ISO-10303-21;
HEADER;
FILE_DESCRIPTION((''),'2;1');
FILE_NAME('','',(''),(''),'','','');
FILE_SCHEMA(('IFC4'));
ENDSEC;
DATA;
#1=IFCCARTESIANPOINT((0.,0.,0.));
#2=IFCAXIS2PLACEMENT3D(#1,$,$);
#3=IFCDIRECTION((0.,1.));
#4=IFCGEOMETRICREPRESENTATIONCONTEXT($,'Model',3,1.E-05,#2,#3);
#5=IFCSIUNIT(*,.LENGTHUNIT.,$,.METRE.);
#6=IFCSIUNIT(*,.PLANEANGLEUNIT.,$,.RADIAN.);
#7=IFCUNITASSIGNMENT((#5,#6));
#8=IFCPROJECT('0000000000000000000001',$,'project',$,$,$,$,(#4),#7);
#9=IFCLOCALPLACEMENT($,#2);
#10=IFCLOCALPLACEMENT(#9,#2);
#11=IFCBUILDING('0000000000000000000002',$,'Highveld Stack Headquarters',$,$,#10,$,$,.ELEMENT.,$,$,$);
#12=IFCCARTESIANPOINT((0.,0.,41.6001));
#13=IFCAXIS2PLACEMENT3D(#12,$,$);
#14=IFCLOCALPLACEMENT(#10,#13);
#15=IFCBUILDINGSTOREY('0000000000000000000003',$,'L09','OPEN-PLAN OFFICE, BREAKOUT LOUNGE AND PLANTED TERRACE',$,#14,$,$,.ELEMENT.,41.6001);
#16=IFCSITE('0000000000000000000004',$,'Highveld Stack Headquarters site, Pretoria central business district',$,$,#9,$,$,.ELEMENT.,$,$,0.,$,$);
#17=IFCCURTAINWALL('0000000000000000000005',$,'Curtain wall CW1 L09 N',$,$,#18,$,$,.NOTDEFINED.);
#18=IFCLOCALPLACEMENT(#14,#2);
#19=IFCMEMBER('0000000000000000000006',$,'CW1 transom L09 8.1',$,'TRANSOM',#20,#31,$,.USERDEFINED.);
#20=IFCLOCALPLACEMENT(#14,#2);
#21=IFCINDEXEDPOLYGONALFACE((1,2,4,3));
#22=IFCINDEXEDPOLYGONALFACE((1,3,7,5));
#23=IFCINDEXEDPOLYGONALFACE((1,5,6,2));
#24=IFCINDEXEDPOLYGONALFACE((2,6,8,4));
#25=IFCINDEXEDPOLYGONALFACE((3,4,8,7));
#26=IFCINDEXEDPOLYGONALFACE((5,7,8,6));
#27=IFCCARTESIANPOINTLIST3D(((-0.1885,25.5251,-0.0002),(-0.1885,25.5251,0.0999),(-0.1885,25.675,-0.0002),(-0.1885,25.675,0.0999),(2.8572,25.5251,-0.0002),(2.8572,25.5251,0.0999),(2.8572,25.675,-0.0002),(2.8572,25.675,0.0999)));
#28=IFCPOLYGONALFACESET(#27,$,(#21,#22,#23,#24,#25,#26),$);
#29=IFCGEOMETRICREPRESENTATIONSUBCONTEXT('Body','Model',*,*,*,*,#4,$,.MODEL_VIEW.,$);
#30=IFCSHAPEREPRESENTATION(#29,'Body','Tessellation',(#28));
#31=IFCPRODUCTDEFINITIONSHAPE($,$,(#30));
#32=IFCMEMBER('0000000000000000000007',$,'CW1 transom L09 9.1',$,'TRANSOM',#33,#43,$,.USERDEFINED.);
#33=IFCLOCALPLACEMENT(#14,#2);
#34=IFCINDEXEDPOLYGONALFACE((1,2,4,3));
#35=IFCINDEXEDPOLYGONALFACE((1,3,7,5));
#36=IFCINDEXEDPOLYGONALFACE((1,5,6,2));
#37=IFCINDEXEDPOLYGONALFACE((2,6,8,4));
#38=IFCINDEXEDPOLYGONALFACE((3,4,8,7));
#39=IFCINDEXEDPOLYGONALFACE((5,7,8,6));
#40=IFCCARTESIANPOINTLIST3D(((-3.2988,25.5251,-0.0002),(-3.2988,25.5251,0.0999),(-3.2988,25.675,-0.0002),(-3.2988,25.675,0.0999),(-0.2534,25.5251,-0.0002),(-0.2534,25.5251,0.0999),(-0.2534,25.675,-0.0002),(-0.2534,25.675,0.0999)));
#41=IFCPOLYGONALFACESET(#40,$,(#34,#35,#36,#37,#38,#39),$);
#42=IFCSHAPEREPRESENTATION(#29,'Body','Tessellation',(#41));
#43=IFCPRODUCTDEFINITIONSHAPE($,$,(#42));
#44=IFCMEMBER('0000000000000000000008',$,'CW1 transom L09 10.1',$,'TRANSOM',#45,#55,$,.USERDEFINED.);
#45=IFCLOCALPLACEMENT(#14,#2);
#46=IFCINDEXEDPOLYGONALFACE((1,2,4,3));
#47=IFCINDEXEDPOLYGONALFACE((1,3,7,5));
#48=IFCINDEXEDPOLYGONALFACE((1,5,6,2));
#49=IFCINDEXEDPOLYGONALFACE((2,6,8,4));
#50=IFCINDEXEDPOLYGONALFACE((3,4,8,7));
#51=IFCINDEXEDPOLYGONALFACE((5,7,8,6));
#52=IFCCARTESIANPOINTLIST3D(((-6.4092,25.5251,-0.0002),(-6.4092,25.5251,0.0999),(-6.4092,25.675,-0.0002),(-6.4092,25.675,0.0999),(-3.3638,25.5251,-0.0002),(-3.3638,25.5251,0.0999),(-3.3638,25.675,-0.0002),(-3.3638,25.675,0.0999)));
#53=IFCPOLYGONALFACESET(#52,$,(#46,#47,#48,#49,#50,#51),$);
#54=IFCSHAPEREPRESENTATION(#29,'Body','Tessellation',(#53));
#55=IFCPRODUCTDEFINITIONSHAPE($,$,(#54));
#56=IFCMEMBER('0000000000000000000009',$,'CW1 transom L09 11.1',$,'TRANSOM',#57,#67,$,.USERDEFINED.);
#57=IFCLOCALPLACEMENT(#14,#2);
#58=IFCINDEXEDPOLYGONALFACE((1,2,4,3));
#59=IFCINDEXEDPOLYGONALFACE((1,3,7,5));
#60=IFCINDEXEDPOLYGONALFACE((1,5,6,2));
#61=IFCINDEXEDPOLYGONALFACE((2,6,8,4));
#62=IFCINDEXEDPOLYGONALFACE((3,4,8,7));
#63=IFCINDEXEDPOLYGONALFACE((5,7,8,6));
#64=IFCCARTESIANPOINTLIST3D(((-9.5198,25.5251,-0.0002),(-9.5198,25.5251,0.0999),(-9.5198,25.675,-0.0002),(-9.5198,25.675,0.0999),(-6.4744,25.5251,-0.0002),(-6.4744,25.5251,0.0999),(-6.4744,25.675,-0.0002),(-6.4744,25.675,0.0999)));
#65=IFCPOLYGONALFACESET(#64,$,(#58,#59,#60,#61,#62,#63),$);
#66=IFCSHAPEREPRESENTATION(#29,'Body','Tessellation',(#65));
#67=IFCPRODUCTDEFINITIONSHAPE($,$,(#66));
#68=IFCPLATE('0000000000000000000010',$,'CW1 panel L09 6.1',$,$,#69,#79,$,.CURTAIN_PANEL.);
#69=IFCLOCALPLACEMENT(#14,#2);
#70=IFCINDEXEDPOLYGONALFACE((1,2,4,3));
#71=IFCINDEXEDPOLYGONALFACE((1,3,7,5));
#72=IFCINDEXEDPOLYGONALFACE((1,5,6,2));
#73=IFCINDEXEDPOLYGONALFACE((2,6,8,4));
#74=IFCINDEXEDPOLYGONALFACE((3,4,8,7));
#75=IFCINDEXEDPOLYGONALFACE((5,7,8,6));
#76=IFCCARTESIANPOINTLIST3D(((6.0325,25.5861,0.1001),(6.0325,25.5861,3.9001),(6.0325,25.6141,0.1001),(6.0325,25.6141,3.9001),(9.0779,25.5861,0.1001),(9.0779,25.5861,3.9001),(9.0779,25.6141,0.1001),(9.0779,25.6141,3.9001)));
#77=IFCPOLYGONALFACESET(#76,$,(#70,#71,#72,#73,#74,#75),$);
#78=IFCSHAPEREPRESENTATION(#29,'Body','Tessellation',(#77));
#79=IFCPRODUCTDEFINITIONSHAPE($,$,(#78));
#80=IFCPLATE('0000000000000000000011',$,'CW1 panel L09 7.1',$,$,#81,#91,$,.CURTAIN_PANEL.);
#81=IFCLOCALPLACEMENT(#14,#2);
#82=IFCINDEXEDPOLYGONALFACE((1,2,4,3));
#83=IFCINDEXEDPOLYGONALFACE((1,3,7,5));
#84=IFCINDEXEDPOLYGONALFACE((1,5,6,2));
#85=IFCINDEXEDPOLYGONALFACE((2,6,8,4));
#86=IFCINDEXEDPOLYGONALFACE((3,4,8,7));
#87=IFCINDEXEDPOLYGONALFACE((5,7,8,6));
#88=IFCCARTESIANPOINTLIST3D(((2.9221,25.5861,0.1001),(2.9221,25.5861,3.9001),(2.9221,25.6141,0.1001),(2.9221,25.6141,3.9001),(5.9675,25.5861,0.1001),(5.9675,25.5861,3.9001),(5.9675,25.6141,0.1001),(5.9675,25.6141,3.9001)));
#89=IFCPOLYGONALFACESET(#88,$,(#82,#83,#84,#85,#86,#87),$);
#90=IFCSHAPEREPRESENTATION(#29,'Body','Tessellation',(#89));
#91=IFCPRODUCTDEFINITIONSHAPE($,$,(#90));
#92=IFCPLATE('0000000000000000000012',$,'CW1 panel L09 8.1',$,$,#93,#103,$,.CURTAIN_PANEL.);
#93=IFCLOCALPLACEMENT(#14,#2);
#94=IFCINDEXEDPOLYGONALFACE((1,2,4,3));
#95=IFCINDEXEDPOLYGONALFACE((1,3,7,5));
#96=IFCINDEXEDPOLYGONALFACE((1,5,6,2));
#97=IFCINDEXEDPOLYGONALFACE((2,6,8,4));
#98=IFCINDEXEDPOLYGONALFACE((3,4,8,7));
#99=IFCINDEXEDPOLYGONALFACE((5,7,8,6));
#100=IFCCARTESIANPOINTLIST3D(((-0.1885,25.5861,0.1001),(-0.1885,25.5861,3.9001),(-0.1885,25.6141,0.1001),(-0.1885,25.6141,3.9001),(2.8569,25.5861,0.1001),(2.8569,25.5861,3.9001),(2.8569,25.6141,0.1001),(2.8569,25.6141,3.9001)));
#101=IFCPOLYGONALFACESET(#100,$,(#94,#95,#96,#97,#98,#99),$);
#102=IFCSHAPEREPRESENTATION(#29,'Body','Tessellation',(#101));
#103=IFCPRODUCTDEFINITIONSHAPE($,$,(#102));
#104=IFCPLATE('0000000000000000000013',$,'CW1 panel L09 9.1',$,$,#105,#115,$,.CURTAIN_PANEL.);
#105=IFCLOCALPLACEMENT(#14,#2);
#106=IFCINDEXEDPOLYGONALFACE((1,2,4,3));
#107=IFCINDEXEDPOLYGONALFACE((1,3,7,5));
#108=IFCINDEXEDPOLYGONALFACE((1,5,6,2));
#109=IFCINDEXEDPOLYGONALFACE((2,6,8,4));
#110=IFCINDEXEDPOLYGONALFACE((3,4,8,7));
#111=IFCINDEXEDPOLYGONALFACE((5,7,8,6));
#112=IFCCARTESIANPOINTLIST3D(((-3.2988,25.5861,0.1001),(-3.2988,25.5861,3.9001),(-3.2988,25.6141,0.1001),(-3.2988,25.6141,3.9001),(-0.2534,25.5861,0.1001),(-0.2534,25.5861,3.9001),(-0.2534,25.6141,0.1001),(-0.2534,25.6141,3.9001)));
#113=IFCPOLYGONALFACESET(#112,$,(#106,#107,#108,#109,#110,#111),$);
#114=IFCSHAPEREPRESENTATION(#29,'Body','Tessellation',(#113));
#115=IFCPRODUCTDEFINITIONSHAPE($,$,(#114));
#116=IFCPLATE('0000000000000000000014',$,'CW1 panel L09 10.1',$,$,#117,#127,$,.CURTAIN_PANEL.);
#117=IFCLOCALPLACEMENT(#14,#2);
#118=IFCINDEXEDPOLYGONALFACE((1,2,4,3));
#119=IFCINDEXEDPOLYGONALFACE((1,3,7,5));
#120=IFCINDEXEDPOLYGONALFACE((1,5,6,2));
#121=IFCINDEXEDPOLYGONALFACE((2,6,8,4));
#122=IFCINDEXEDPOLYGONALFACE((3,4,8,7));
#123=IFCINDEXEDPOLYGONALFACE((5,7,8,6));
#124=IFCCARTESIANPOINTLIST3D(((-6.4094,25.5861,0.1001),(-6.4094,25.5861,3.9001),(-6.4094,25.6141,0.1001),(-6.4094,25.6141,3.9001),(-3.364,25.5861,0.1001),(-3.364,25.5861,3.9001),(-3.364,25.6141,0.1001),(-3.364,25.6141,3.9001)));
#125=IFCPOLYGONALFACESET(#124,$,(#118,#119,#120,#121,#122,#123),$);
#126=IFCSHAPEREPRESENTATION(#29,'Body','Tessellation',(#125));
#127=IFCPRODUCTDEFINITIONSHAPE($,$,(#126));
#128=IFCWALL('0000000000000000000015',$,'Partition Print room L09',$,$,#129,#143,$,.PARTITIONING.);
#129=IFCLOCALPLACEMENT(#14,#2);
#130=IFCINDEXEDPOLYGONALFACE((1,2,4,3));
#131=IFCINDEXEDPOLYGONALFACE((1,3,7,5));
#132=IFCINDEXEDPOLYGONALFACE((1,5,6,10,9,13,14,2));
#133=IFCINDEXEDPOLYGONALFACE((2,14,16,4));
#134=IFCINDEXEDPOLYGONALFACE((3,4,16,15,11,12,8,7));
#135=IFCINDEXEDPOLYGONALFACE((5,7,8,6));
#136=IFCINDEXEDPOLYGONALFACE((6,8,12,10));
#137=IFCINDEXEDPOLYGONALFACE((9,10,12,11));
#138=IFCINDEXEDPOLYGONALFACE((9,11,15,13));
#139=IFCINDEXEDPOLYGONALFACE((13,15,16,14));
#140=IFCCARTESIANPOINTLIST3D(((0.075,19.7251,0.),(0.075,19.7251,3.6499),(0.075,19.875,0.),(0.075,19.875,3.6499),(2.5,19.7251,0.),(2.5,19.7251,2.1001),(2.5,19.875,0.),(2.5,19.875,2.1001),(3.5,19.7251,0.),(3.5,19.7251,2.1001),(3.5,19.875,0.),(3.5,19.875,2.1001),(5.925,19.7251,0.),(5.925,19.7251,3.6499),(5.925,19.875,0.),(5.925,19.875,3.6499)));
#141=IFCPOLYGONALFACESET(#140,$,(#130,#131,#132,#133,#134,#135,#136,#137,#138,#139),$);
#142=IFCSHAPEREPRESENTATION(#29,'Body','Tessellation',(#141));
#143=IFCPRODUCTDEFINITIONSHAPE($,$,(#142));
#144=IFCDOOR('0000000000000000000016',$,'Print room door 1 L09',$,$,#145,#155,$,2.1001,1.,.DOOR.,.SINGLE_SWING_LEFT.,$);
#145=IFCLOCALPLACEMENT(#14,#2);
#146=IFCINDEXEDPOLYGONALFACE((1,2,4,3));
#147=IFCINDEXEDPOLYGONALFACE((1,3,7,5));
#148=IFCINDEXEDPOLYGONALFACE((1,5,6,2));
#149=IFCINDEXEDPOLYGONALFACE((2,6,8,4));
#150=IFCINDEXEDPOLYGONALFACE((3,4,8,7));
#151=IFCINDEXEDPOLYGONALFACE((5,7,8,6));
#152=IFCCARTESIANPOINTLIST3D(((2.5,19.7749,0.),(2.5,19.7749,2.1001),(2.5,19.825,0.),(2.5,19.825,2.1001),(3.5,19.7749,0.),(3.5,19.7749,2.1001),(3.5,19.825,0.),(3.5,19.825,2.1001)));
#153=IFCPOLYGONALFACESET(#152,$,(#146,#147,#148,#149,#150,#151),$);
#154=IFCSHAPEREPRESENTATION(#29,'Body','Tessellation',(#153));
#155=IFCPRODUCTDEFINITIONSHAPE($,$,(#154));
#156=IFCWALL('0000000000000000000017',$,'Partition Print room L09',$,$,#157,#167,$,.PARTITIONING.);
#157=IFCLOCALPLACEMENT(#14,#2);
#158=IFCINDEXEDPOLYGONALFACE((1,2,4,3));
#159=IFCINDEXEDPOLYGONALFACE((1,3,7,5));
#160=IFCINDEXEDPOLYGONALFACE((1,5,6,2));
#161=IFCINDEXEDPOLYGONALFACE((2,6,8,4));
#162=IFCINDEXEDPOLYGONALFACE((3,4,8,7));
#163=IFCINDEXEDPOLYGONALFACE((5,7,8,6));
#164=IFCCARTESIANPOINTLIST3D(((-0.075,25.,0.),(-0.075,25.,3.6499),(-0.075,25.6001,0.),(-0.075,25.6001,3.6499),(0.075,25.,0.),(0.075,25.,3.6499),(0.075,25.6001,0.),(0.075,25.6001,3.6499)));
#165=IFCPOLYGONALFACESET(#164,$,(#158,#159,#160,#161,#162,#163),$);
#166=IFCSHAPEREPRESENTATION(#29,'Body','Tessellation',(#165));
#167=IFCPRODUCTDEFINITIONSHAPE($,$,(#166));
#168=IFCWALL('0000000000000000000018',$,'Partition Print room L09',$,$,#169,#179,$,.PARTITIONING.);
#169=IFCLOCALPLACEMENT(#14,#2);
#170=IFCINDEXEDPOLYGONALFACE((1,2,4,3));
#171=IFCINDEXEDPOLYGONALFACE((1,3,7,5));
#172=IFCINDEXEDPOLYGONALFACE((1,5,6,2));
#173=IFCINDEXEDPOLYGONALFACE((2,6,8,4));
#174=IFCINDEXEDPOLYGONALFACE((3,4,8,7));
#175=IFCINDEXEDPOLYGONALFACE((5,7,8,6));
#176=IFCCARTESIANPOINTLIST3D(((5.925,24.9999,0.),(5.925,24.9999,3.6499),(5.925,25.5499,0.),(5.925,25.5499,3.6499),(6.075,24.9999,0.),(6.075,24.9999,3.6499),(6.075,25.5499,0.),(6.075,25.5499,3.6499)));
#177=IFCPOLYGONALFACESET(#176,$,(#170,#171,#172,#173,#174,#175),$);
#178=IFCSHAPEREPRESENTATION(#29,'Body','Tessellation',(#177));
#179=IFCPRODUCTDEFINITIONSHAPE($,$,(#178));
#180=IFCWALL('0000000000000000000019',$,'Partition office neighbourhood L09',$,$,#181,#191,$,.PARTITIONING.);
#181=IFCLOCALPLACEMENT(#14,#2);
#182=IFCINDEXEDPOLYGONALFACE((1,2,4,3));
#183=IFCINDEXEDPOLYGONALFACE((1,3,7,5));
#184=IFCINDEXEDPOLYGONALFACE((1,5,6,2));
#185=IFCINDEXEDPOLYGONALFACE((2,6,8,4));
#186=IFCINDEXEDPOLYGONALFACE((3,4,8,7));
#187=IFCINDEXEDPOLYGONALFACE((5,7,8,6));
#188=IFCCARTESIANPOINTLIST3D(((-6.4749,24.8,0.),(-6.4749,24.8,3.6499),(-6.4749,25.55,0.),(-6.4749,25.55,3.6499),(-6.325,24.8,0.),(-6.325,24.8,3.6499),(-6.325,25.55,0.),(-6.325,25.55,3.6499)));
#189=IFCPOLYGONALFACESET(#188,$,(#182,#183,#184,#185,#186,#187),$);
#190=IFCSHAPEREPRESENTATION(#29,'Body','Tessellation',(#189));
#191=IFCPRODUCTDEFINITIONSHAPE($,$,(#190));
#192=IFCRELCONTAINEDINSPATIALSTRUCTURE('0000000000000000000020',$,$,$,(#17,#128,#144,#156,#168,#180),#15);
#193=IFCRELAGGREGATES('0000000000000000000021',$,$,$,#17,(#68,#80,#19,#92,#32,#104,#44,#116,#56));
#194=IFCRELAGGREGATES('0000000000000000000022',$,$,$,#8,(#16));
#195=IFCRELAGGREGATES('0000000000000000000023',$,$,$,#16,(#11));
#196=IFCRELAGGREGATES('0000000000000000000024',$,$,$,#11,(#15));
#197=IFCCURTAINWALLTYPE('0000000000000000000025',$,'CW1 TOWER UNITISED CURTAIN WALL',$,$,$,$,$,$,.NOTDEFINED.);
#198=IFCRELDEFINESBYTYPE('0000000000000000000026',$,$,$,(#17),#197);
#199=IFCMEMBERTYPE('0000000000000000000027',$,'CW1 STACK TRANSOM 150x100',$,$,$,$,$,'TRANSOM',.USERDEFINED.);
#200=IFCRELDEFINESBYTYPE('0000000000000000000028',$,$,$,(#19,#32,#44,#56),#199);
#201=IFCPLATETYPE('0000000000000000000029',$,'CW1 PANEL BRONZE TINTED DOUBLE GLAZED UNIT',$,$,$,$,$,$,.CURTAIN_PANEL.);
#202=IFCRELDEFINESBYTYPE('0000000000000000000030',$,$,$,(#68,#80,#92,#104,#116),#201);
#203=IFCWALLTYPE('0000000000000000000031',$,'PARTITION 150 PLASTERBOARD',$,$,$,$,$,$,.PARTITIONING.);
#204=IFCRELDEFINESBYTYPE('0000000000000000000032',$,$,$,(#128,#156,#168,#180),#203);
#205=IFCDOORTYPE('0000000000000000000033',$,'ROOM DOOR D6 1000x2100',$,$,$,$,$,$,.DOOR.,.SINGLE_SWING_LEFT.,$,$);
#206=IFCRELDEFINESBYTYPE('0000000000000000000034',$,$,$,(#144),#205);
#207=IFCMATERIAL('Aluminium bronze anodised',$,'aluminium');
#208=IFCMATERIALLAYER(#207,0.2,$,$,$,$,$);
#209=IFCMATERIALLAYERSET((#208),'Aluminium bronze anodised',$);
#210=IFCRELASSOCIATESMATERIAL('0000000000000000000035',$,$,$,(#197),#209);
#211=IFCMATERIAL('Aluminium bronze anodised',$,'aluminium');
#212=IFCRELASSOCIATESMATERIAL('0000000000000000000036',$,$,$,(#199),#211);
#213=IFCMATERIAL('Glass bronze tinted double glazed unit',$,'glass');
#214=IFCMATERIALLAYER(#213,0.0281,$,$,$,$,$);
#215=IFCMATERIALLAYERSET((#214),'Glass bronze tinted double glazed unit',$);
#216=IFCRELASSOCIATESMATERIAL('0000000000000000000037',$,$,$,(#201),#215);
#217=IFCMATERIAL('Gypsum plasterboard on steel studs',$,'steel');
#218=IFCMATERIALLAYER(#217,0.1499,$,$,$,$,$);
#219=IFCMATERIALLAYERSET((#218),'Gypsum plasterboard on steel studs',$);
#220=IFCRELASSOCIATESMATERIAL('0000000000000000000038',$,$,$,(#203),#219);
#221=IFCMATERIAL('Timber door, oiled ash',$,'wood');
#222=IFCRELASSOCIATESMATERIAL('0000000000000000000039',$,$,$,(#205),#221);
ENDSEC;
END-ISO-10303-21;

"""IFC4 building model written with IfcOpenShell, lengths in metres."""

from ifc_helpers import new_model, si_unit, direction, frame, frame_2d, origin, origin_2d, place, context, subcontext, project, spatial, rectangle, extrude, material, layer, layer_set, material_profile, profile_set, type_object, element, fill, aggregate, save


model = new_model("IFC4")

# Units and contexts
model_context = context("Model", 3, precision=1e-05, world=origin(), true_north=direction((0.0, 1.0)))
body_context = subcontext(model_context, "Body", "Model", "MODEL_VIEW")
ifc_project = project(units=[si_unit("LENGTHUNIT", "METRE"), si_unit("PLANEANGLEUNIT", "RADIAN")], contexts=[model_context])

# Site, building, storey
site_placement = place(None, origin())
site = spatial("IfcSite", under=ifc_project, at=site_placement, Name="Highveld Stack Headquarters site, Pretoria central business district", CompositionType="ELEMENT", RefElevation=0.0)
building_placement = place(site_placement, origin())
building = spatial("IfcBuilding", under=site, at=building_placement, Name="Highveld Stack Headquarters", CompositionType="ELEMENT")
storey_placement = place(building_placement, frame((0.0, 0.0, 41.6001)))
storey = spatial("IfcBuildingStorey", under=building, at=storey_placement, Name="L09", Description="OPEN-PLAN OFFICE, BREAKOUT LOUNGE AND PLANTED TERRACE", CompositionType="ELEMENT", Elevation=41.6001)

# Curtain wall, members, plates
ifc_material_1 = material(Name="Aluminium bronze anodised", Category="aluminium")
ifc_layer_1 = layer(ifc_material_1, 0.2)
ifc_layer_set_1 = layer_set([ifc_layer_1], Name="Aluminium bronze anodised")
curtain_wall_type = type_object("IfcCurtainWallType", Name="CW1 TOWER UNITISED CURTAIN WALL", PredefinedType="NOTDEFINED", material=ifc_layer_set_1)
curtain_wall_placement = place(storey_placement, origin())
curtain_wall = element("IfcCurtainWall", 1, at=curtain_wall_placement, inside=storey, type_object=curtain_wall_type, Name="Curtain wall CW1 L09 N", PredefinedType="NOTDEFINED")
ifc_material_2 = material(Name="Aluminium bronze anodised", Category="aluminium")
ifc_material_profile_1 = material_profile(ifc_material_2, rectangle(XDim=0.1499, YDim=0.1001, at=origin_2d()), Name="CW1 TRANSOM 150x100")
ifc_profile_set_1 = profile_set([ifc_material_profile_1], Name="Aluminium bronze anodised")
member_type_1 = type_object("IfcMemberType", Name="CW1 STACK TRANSOM 150x100", ElementType="TRANSOM", PredefinedType="USERDEFINED", material=ifc_profile_set_1)
member_1_placement = place(storey_placement, frame((2.8572, 25.6001, 0.0498), z_axis=(-1.0, 0.0, 0.0), x_axis=(0.0, -1.0, 0.0)))
member_1 = element("IfcMember", 2, at=member_1_placement, type_object=member_type_1, Name="CW1 transom L09 8.1", ObjectType="TRANSOM", PredefinedType="USERDEFINED", context=body_context, shape_type="SweptSolid", body=[
    extrude(rectangle(XDim=0.1499, YDim=0.1001, at=origin_2d()), origin(), (0.0, 0.0, 1.0), 3.0457),
])
member_2_placement = place(storey_placement, frame((-0.2534, 25.6001, 0.0498), z_axis=(-1.0, 0.0, 0.0), x_axis=(0.0, -1.0, 0.0)))
member_2 = element("IfcMember", 3, at=member_2_placement, type_object=member_type_1, Name="CW1 transom L09 9.1", ObjectType="TRANSOM", PredefinedType="USERDEFINED", context=body_context, shape_type="SweptSolid", body=[
    extrude(rectangle(XDim=0.1499, YDim=0.1001, at=origin_2d()), origin(), (0.0, 0.0, 1.0), 3.0454),
])
member_3_placement = place(storey_placement, frame((-3.3638, 25.6001, 0.0498), z_axis=(-1.0, 0.0, 0.0), x_axis=(0.0, -1.0, 0.0)))
member_3 = element("IfcMember", 4, at=member_3_placement, type_object=member_type_1, Name="CW1 transom L09 10.1", ObjectType="TRANSOM", PredefinedType="USERDEFINED", context=body_context, shape_type="SweptSolid", body=[
    extrude(rectangle(XDim=0.1499, YDim=0.1001, at=origin_2d()), origin(), (0.0, 0.0, 1.0), 3.0454),
])
member_4_placement = place(storey_placement, frame((-6.4744, 25.6001, 0.0498), z_axis=(-1.0, 0.0, 0.0), x_axis=(0.0, -1.0, 0.0)))
member_4 = element("IfcMember", 5, at=member_4_placement, type_object=member_type_1, Name="CW1 transom L09 11.1", ObjectType="TRANSOM", PredefinedType="USERDEFINED", context=body_context, shape_type="SweptSolid", body=[
    extrude(rectangle(XDim=0.1499, YDim=0.1001, at=origin_2d()), origin(), (0.0, 0.0, 1.0), 3.0454),
])
ifc_material_3 = material(Name="Glass bronze tinted double glazed unit", Category="glass")
ifc_layer_2 = layer(ifc_material_3, 0.0281)
ifc_layer_set_2 = layer_set([ifc_layer_2], Name="Glass bronze tinted double glazed unit")
plate_type = type_object("IfcPlateType", Name="CW1 PANEL BRONZE TINTED DOUBLE GLAZED UNIT", PredefinedType="CURTAIN_PANEL", material=ifc_layer_set_2)
plate_1_placement = place(storey_placement, frame((7.5552, 25.6001, 0.1001), z_axis=(0.0, 0.0, 1.0), x_axis=(-1.0, 0.0, 0.0)))
plate_1 = element("IfcPlate", 6, at=plate_1_placement, type_object=plate_type, Name="CW1 panel L09 6.1", PredefinedType="CURTAIN_PANEL", context=body_context, shape_type="SweptSolid", body=[
    extrude(rectangle(XDim=3.0454, YDim=0.0281, at=origin_2d()), origin(), (0.0, 0.0, 1.0), 3.8),
])
plate_2_placement = place(storey_placement, frame((4.4448, 25.6001, 0.1001), z_axis=(0.0, 0.0, 1.0), x_axis=(-1.0, 0.0, 0.0)))
plate_2 = element("IfcPlate", 7, at=plate_2_placement, type_object=plate_type, Name="CW1 panel L09 7.1", PredefinedType="CURTAIN_PANEL", context=body_context, shape_type="SweptSolid", body=[
    extrude(rectangle(XDim=3.0454, YDim=0.0281, at=origin_2d()), origin(), (0.0, 0.0, 1.0), 3.8),
])
plate_3_placement = place(storey_placement, frame((1.3342, 25.6001, 0.1001), z_axis=(0.0, 0.0, 1.0), x_axis=(-1.0, 0.0, 0.0)))
plate_3 = element("IfcPlate", 8, at=plate_3_placement, type_object=plate_type, Name="CW1 panel L09 8.1", PredefinedType="CURTAIN_PANEL", context=body_context, shape_type="SweptSolid", body=[
    extrude(rectangle(XDim=3.0454, YDim=0.0281, at=origin_2d()), origin(), (0.0, 0.0, 1.0), 3.8),
])
plate_4_placement = place(storey_placement, frame((-1.7761, 25.6001, 0.1001), z_axis=(0.0, 0.0, 1.0), x_axis=(-1.0, 0.0, 0.0)))
plate_4 = element("IfcPlate", 9, at=plate_4_placement, type_object=plate_type, Name="CW1 panel L09 9.1", PredefinedType="CURTAIN_PANEL", context=body_context, shape_type="SweptSolid", body=[
    extrude(rectangle(XDim=3.0454, YDim=0.0281, at=origin_2d()), origin(), (0.0, 0.0, 1.0), 3.8),
])
plate_5_placement = place(storey_placement, frame((-4.8867, 25.6001, 0.1001), z_axis=(0.0, 0.0, 1.0), x_axis=(-1.0, 0.0, 0.0)))
plate_5 = element("IfcPlate", 10, at=plate_5_placement, type_object=plate_type, Name="CW1 panel L09 10.1", PredefinedType="CURTAIN_PANEL", context=body_context, shape_type="SweptSolid", body=[
    extrude(rectangle(XDim=3.0454, YDim=0.0281, at=origin_2d()), origin(), (0.0, 0.0, 1.0), 3.8),
])
aggregate(curtain_wall, [plate_1, plate_2, member_1, plate_3, member_2, plate_4, member_3, plate_5, member_4])

# Wall, opening, door
ifc_material_4 = material(Name="Gypsum plasterboard on steel studs", Category="steel")
ifc_layer_3 = layer(ifc_material_4, 0.1499)
ifc_layer_set_3 = layer_set([ifc_layer_3], Name="Gypsum plasterboard on steel studs")
wall_type = type_object("IfcWallType", Name="PARTITION 150 PLASTERBOARD", PredefinedType="PARTITIONING", material=ifc_layer_set_3)
wall_1_placement = place(storey_placement, frame((0.075, 19.8, 0.0), z_axis=(0.0, 0.0, 1.0), x_axis=(1.0, 0.0, 0.0)))
wall_1 = element("IfcWall", 11, at=wall_1_placement, inside=storey, type_object=wall_type, Name="Partition Print room L09", PredefinedType="PARTITIONING", context=body_context, shape_type="SweptSolid", body=[
    extrude(rectangle(XDim=5.8501, YDim=0.1499, at=frame_2d((2.925, 0.0))), origin(), (0.0, 0.0, 1.0), 3.6499),
])
opening_placement = place(wall_1_placement, frame((2.425, 0.0, 0.0)))
opening = element("IfcOpeningElement", 12, at=opening_placement, cuts=wall_1, PredefinedType="OPENING", context=body_context, shape_type="SweptSolid", body=[
    extrude(rectangle(XDim=1.0, YDim=2.1001, at=frame_2d((0.5, 1.05))), frame((0.0, 0.085, 0.0), z_axis=(0.0, -1.0, 0.0), x_axis=(1.0, 0.0, 0.0)), (0.0, 0.0, 1.0), 0.1699),
])
ifc_material_5 = material(Name="Timber door, oiled ash", Category="wood")
door_type = type_object("IfcDoorType", Name="ROOM DOOR D6 1000x2100", OperationType="SINGLE_SWING_LEFT", PredefinedType="DOOR", material=ifc_material_5)
door_placement = place(opening_placement, origin())
door = element("IfcDoor", 13, at=door_placement, inside=storey, type_object=door_type, Name="Print room door 1 L09", OperationType="SINGLE_SWING_LEFT", OverallHeight=2.1001, OverallWidth=1.0, PredefinedType="DOOR", context=body_context, shape_type="SweptSolid", body=[
    extrude(rectangle(XDim=1.0, YDim=2.1001, at=frame_2d((0.5, 1.05))), frame((0.0, 0.0249, 0.0), z_axis=(0.0, -1.0, 0.0), x_axis=(1.0, 0.0, 0.0)), (0.0, 0.0, 1.0), 0.05),
])
fill(opening, door)

# Walls
wall_2_placement = place(storey_placement, frame((0.0, 25.0, 0.0), z_axis=(0.0, 0.0, 1.0), x_axis=(0.0, 1.0, 0.0)))
element("IfcWall", 14, at=wall_2_placement, inside=storey, type_object=wall_type, Name="Partition Print room L09", PredefinedType="PARTITIONING", context=body_context, shape_type="SweptSolid", body=[
    extrude(rectangle(XDim=0.6001, YDim=0.1499, at=frame_2d((0.3, 0.0))), origin(), (0.0, 0.0, 1.0), 3.6499),
])
wall_3_placement = place(storey_placement, frame((6.0, 25.0, 0.0), z_axis=(0.0, 0.0, 1.0), x_axis=(0.0, 1.0, 0.0)))
element("IfcWall", 15, at=wall_3_placement, inside=storey, type_object=wall_type, Name="Partition Print room L09", PredefinedType="PARTITIONING", context=body_context, shape_type="SweptSolid", body=[
    extrude(rectangle(XDim=0.55, YDim=0.1499, at=frame_2d((0.2749, 0.0))), origin(), (0.0, 0.0, 1.0), 3.6499),
])
wall_4_placement = place(storey_placement, frame((-6.3999, 24.8, 0.0), z_axis=(0.0, 0.0, 1.0), x_axis=(0.0, 1.0, 0.0)))
element("IfcWall", 16, at=wall_4_placement, inside=storey, type_object=wall_type, Name="Partition office neighbourhood L09", PredefinedType="PARTITIONING", context=body_context, shape_type="SweptSolid", body=[
    extrude(rectangle(XDim=0.75, YDim=0.1499, at=frame_2d((0.375, 0.0))), origin(), (0.0, 0.0, 1.0), 3.6499),
])

save(model, "model.ifc")
